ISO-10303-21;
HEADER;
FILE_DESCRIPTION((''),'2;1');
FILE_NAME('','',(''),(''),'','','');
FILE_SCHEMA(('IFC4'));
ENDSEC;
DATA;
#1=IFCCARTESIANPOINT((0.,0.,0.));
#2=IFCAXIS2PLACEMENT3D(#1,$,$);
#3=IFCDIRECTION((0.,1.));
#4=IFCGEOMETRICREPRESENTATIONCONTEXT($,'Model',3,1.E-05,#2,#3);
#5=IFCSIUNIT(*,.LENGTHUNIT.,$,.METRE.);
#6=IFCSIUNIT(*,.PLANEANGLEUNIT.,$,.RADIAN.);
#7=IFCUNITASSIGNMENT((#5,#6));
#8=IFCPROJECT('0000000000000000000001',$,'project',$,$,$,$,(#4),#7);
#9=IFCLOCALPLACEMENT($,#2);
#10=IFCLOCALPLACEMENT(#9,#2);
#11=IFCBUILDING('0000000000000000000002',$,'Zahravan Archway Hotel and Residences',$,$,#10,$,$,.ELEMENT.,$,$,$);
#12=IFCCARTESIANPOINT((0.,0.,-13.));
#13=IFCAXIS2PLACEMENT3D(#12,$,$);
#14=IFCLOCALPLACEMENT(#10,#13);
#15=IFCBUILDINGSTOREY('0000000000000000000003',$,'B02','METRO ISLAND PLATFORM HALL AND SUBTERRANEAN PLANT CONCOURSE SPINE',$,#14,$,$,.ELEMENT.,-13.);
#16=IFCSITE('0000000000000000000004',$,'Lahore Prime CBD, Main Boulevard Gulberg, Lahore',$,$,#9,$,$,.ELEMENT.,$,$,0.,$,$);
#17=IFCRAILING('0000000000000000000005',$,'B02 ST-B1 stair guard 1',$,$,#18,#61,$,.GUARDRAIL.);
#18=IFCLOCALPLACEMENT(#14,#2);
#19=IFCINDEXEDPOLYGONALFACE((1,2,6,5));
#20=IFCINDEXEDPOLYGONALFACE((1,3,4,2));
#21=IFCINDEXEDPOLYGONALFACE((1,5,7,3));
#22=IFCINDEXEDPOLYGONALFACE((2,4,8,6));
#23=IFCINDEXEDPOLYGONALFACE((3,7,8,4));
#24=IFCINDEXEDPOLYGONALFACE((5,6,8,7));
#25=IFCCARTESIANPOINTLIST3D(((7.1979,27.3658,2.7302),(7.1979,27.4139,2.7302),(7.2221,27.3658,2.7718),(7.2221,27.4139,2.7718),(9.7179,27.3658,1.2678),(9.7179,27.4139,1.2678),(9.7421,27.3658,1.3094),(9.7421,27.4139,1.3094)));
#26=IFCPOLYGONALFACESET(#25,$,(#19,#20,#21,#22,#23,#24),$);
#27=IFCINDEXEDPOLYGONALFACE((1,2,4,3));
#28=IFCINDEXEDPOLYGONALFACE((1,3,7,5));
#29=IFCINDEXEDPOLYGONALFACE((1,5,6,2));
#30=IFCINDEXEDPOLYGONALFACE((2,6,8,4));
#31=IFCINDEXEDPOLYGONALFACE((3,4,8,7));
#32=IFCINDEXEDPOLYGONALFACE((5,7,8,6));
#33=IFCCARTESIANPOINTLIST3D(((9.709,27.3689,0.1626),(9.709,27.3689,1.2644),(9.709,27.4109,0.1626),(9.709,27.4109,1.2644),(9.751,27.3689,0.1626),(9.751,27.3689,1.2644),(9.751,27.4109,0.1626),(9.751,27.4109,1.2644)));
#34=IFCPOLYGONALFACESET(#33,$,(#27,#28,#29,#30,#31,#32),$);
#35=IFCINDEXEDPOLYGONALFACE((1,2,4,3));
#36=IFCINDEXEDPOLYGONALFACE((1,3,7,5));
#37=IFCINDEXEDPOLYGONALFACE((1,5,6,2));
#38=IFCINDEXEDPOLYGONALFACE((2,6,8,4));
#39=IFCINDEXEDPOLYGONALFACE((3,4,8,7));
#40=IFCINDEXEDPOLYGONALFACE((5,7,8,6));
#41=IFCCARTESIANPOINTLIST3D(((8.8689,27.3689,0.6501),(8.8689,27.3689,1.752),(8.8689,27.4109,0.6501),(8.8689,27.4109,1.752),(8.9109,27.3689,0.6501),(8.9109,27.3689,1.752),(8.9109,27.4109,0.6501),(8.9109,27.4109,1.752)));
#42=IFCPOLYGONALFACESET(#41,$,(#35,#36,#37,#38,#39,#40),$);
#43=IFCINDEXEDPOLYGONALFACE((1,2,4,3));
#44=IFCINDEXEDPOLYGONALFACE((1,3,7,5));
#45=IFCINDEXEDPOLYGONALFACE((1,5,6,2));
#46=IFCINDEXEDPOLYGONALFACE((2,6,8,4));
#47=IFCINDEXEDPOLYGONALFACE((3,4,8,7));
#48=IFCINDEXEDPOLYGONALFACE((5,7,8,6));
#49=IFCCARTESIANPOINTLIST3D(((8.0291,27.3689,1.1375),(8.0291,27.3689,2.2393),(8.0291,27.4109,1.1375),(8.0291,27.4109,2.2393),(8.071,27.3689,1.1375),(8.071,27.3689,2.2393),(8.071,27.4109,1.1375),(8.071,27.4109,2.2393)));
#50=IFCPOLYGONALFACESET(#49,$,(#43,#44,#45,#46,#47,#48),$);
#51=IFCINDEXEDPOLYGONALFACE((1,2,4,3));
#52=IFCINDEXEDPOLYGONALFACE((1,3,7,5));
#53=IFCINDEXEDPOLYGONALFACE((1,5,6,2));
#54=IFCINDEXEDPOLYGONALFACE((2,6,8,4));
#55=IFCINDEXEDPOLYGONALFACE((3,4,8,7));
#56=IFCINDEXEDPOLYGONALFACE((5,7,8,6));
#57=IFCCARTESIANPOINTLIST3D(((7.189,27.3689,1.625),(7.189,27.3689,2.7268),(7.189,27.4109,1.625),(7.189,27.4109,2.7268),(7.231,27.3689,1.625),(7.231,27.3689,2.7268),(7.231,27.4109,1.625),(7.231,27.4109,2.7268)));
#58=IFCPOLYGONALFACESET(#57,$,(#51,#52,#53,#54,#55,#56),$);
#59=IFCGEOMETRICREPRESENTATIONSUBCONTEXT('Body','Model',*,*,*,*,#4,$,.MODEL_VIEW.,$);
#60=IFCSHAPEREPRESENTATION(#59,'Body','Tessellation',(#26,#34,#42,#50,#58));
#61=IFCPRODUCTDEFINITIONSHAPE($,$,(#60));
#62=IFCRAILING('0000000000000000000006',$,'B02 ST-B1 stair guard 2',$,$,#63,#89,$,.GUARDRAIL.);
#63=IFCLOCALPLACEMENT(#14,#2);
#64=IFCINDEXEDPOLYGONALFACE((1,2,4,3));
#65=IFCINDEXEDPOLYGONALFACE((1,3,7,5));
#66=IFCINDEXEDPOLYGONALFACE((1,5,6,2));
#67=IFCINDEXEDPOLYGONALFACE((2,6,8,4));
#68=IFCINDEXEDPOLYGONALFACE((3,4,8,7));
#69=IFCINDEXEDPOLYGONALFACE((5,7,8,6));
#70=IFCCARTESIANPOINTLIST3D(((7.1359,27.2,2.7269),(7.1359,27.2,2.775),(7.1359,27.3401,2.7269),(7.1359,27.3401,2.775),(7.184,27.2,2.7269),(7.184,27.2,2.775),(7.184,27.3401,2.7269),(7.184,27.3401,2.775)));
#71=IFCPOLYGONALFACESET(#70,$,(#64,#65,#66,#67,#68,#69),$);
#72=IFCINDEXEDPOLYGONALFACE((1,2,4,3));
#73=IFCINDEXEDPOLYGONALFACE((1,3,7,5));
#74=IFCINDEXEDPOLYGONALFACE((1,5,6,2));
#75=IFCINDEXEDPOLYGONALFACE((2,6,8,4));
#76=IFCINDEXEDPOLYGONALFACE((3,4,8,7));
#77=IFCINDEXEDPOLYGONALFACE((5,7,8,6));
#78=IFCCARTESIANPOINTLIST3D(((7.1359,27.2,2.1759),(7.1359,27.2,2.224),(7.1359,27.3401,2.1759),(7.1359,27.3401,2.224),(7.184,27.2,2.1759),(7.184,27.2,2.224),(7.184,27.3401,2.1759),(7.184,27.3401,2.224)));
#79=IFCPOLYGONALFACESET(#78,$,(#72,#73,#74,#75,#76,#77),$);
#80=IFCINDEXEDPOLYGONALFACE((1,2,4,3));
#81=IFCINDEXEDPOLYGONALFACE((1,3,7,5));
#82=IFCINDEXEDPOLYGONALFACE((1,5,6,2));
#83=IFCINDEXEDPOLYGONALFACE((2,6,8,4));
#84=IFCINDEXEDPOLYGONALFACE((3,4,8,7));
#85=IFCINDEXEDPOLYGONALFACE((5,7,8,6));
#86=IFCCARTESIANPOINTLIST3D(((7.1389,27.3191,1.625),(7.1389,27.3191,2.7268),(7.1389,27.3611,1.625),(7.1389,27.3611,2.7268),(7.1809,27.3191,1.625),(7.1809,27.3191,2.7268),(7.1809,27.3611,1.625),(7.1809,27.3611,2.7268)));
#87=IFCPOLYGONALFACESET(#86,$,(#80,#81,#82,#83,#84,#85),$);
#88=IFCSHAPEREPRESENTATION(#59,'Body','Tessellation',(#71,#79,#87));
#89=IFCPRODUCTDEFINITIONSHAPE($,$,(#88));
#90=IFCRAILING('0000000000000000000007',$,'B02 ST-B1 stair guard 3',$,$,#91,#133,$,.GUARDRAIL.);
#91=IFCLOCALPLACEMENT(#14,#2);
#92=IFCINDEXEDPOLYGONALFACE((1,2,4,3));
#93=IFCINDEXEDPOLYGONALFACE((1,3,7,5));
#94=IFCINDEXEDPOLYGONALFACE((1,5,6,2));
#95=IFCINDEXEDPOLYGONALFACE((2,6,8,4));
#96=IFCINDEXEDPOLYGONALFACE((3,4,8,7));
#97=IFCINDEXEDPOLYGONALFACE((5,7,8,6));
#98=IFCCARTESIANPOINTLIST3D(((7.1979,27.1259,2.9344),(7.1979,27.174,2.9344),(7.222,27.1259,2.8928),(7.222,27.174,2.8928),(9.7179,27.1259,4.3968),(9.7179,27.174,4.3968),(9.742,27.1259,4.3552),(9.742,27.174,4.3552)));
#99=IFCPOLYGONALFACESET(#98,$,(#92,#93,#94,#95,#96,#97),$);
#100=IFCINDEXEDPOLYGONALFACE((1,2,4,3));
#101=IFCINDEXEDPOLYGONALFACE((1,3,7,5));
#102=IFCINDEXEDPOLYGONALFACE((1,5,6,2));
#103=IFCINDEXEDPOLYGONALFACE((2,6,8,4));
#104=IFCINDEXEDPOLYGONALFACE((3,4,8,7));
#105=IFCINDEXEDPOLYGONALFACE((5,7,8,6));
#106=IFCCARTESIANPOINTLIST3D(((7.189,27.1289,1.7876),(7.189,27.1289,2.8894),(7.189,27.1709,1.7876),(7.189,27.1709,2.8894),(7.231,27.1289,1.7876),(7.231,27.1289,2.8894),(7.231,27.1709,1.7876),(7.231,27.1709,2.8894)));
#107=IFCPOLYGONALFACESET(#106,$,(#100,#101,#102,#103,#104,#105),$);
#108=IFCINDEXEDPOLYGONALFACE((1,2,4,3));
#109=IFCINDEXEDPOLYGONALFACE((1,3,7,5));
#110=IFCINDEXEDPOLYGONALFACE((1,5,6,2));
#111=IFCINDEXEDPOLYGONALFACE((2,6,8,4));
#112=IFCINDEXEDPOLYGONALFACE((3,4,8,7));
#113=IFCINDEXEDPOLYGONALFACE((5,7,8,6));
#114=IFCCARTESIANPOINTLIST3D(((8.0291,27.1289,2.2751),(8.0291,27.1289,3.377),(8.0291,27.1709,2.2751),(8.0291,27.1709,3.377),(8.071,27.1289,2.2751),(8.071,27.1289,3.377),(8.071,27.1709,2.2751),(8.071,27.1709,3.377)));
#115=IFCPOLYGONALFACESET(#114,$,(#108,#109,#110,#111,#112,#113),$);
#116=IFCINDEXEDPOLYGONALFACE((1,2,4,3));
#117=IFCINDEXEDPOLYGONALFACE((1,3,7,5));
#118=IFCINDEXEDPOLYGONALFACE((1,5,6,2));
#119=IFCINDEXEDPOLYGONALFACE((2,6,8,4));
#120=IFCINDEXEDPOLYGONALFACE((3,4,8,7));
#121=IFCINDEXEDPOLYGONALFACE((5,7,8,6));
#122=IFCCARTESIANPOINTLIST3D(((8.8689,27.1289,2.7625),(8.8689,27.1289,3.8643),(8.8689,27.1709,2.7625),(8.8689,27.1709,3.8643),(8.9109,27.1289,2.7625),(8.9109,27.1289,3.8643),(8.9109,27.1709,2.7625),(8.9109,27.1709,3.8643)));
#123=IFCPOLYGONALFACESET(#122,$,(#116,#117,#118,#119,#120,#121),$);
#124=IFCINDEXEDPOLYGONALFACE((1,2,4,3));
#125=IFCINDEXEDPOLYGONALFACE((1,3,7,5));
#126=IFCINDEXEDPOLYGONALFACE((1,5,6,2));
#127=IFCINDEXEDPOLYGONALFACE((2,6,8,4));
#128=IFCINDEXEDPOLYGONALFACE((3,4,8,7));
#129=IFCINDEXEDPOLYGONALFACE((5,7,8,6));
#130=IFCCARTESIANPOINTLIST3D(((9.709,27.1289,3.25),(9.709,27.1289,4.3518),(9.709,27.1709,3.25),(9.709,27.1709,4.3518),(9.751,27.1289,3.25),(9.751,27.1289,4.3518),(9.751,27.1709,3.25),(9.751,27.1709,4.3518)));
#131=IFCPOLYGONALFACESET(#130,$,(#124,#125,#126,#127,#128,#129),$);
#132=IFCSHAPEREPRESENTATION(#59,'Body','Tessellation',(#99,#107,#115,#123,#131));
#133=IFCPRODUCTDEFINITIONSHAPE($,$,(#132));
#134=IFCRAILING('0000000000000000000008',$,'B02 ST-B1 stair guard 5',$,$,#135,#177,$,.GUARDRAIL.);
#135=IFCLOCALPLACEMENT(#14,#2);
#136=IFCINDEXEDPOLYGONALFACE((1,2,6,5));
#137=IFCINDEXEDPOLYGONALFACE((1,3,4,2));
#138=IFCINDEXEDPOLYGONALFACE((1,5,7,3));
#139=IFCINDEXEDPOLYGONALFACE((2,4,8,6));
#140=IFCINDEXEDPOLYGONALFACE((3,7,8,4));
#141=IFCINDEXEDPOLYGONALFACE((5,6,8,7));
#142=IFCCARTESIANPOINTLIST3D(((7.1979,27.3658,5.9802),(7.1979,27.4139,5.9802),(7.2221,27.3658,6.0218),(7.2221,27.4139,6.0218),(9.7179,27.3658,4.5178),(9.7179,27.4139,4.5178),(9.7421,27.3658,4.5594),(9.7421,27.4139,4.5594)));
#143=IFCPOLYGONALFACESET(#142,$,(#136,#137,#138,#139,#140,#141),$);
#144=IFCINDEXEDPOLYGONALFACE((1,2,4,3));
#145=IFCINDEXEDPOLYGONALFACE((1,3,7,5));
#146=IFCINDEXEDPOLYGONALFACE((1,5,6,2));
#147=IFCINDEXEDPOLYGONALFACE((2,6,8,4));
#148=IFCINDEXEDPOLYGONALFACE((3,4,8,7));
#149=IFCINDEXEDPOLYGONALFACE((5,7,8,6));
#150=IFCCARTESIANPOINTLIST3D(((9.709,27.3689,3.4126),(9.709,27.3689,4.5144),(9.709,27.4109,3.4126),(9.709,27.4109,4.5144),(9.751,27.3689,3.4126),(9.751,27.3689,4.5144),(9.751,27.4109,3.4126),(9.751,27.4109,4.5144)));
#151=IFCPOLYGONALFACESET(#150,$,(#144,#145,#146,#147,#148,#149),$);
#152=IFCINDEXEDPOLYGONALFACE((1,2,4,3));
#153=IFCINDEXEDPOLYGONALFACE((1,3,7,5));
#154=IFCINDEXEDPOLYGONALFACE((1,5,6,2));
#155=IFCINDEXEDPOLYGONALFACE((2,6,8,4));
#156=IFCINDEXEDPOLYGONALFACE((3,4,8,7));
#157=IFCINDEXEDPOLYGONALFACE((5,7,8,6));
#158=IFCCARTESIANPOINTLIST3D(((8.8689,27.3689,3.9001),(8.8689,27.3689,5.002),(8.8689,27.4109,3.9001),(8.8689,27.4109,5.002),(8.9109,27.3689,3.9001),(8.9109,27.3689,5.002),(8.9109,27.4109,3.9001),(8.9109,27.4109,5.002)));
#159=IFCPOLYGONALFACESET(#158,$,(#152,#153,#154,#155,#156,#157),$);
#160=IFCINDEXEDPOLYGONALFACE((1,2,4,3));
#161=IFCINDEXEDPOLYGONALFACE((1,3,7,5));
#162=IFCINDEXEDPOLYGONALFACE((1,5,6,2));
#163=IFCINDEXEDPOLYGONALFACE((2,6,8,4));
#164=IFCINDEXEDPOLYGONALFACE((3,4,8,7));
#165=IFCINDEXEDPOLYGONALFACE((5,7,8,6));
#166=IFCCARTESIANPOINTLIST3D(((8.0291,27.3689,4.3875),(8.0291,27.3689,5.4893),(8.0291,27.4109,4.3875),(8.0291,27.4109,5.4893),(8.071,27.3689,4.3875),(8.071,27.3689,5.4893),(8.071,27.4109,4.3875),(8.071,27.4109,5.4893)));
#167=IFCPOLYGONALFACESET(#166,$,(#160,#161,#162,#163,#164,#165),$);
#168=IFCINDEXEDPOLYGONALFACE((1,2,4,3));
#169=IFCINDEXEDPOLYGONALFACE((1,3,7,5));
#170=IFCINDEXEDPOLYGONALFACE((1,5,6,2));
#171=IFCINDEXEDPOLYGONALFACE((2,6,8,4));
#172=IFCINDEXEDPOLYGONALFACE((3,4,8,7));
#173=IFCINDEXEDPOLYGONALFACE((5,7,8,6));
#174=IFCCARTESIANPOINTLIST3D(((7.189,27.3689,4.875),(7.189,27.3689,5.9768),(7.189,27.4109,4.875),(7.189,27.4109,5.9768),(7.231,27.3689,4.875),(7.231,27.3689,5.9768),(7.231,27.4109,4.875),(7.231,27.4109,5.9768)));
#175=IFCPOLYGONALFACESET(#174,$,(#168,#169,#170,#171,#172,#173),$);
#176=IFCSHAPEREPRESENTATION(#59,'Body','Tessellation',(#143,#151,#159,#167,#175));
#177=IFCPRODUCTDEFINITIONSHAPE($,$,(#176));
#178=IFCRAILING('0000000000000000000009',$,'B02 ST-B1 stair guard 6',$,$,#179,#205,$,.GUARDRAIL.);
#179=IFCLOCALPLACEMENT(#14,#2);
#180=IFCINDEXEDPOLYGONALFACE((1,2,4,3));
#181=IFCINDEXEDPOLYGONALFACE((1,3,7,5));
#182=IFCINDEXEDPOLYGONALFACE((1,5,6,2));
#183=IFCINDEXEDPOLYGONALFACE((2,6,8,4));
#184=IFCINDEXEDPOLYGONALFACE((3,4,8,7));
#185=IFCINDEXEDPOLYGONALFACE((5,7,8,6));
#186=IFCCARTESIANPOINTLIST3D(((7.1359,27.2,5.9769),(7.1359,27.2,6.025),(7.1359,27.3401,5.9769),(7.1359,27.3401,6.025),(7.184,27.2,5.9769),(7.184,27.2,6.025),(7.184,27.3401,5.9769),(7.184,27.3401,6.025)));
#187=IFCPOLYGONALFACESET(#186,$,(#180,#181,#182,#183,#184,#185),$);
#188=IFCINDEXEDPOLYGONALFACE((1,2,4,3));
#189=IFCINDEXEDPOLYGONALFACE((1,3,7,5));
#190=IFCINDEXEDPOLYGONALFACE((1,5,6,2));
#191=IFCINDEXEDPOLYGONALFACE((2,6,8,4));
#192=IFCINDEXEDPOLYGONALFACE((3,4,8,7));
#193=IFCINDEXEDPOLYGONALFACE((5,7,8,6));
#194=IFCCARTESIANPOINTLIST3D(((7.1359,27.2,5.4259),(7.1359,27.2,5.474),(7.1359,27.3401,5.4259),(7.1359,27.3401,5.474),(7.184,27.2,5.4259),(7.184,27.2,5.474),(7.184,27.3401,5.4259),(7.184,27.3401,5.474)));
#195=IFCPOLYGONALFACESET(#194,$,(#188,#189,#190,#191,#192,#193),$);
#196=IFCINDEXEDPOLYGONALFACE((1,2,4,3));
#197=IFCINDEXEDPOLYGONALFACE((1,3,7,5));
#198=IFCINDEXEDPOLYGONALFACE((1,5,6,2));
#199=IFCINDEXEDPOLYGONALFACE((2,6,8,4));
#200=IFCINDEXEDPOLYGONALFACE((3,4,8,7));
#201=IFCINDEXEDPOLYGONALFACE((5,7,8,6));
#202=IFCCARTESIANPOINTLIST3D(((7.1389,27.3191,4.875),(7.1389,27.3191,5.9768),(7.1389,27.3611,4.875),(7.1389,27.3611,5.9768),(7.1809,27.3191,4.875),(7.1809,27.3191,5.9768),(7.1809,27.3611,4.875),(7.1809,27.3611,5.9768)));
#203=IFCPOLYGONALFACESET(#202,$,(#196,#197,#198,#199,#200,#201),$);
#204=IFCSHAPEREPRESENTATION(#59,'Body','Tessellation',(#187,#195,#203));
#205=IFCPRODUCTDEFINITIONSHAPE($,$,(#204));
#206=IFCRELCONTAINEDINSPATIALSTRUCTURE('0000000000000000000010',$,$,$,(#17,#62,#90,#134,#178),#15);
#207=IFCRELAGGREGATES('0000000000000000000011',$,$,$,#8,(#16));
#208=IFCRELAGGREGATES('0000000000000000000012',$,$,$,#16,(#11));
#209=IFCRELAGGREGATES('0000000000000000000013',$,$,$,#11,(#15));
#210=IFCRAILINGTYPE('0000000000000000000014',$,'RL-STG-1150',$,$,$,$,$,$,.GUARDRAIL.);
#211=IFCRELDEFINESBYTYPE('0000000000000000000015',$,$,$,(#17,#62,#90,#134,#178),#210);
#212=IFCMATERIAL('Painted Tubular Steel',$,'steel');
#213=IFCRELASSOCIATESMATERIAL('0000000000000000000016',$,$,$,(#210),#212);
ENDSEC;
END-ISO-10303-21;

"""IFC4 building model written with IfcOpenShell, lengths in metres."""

from ifc_helpers import new_model, si_unit, direction, frame, origin, origin_2d, place, context, subcontext, project, spatial, rectangle, extrude, material, type_object, element, save


model = new_model("IFC4")

# Units and contexts
model_context = context("Model", 3, precision=1e-05, world=origin(), true_north=direction((0.0, 1.0)))
body_context = subcontext(model_context, "Body", "Model", "MODEL_VIEW")
ifc_project = project(units=[si_unit("LENGTHUNIT", "METRE"), si_unit("PLANEANGLEUNIT", "RADIAN")], contexts=[model_context])

# Site, building, storey
site_placement = place(None, origin())
site = spatial("IfcSite", under=ifc_project, at=site_placement, Name="Lahore Prime CBD, Main Boulevard Gulberg, Lahore", CompositionType="ELEMENT", RefElevation=0.0)
building_placement = place(site_placement, origin())
building = spatial("IfcBuilding", under=site, at=building_placement, Name="Zahravan Archway Hotel and Residences", CompositionType="ELEMENT")
storey_placement = place(building_placement, frame((0.0, 0.0, -13.0)))
storey = spatial("IfcBuildingStorey", under=building, at=storey_placement, Name="B02", Description="METRO ISLAND PLATFORM HALL AND SUBTERRANEAN PLANT CONCOURSE SPINE", CompositionType="ELEMENT", Elevation=-13.0)

# Railings
ifc_material_1 = material(Name="Painted Tubular Steel", Category="steel")
railing_type_1 = type_object("IfcRailingType", Name="RL-STG-1150", PredefinedType="GUARDRAIL", material=ifc_material_1)
railing_1_placement = place(storey_placement, frame((9.73, 27.3899, 0.1626)))
element("IfcRailing", 1, at=railing_1_placement, inside=storey, type_object=railing_type_1, Name="B02 ST-B1 stair guard 1", PredefinedType="GUARDRAIL", context=body_context, shape_type="SweptSolid", body=[
    extrude(rectangle(XDim=0.0481, YDim=0.0481, at=origin_2d()), frame((0.0, 0.0, 1.126), z_axis=(-0.864913, 0.0, 0.501921), x_axis=(0.0, -1.0, 0.0)), (0.0, 0.0, 1.0), 2.9136),
    extrude(rectangle(XDim=0.042, YDim=0.042, at=origin_2d()), origin(), (0.0, 0.0, 1.0), 1.1018),
    extrude(rectangle(XDim=0.042, YDim=0.042, at=origin_2d()), frame((-0.8401, 0.0, 0.4875)), (0.0, 0.0, 1.0), 1.1018),
    extrude(rectangle(XDim=0.042, YDim=0.042, at=origin_2d()), frame((-1.6799, 0.0, 0.9749)), (0.0, 0.0, 1.0), 1.1018),
    extrude(rectangle(XDim=0.042, YDim=0.042, at=origin_2d()), frame((-2.52, 0.0, 1.4624)), (0.0, 0.0, 1.0), 1.1018),
])
railing_2_placement = place(storey_placement, frame((7.1599, 27.3401, 1.625)))
element("IfcRailing", 2, at=railing_2_placement, inside=storey, type_object=railing_type_1, Name="B02 ST-B1 stair guard 2", PredefinedType="GUARDRAIL", context=body_context, shape_type="SweptSolid", body=[
    extrude(rectangle(XDim=0.0481, YDim=0.0481, at=origin_2d()), frame((0.0, 0.0, 1.126), z_axis=(0.0, -1.0, 0.0), x_axis=(1.0, 0.0, 0.0)), (0.0, 0.0, 1.0), 0.1401),
    extrude(rectangle(XDim=0.0481, YDim=0.0481, at=origin_2d()), frame((0.0, 0.0, 0.575), z_axis=(0.0, -1.0, 0.0), x_axis=(1.0, 0.0, 0.0)), (0.0, 0.0, 1.0), 0.1401),
    extrude(rectangle(XDim=0.042, YDim=0.042, at=origin_2d()), origin(), (0.0, 0.0, 1.0), 1.1018),
])
railing_3_placement = place(storey_placement, frame((7.21, 27.1499, 1.7876)))
element("IfcRailing", 3, at=railing_3_placement, inside=storey, type_object=railing_type_1, Name="B02 ST-B1 stair guard 3", PredefinedType="GUARDRAIL", context=body_context, shape_type="SweptSolid", body=[
    extrude(rectangle(XDim=0.0481, YDim=0.0481, at=origin_2d()), frame((0.0, 0.0, 1.126), z_axis=(0.864913, 0.0, 0.501921), x_axis=(0.0, 1.0, 0.0)), (0.0, 0.0, 1.0), 2.9136),
    extrude(rectangle(XDim=0.042, YDim=0.042, at=origin_2d()), origin(), (0.0, 0.0, 1.0), 1.1018),
    extrude(rectangle(XDim=0.042, YDim=0.042, at=origin_2d()), frame((0.8401, 0.0, 0.4875)), (0.0, 0.0, 1.0), 1.1018),
    extrude(rectangle(XDim=0.042, YDim=0.042, at=origin_2d()), frame((1.6799, 0.0, 0.9749)), (0.0, 0.0, 1.0), 1.1018),
    extrude(rectangle(XDim=0.042, YDim=0.042, at=origin_2d()), frame((2.52, 0.0, 1.4624)), (0.0, 0.0, 1.0), 1.1018),
])
railing_4_placement = place(storey_placement, frame((9.73, 27.3899, 3.4126)))
element("IfcRailing", 4, at=railing_4_placement, inside=storey, type_object=railing_type_1, Name="B02 ST-B1 stair guard 5", PredefinedType="GUARDRAIL", context=body_context, shape_type="SweptSolid", body=[
    extrude(rectangle(XDim=0.0481, YDim=0.0481, at=origin_2d()), frame((0.0, 0.0, 1.126), z_axis=(-0.864913, 0.0, 0.501921), x_axis=(0.0, -1.0, 0.0)), (0.0, 0.0, 1.0), 2.9136),
    extrude(rectangle(XDim=0.042, YDim=0.042, at=origin_2d()), origin(), (0.0, 0.0, 1.0), 1.1018),
    extrude(rectangle(XDim=0.042, YDim=0.042, at=origin_2d()), frame((-0.8401, 0.0, 0.4875)), (0.0, 0.0, 1.0), 1.1018),
    extrude(rectangle(XDim=0.042, YDim=0.042, at=origin_2d()), frame((-1.6799, 0.0, 0.9749)), (0.0, 0.0, 1.0), 1.1018),
    extrude(rectangle(XDim=0.042, YDim=0.042, at=origin_2d()), frame((-2.52, 0.0, 1.4624)), (0.0, 0.0, 1.0), 1.1018),
])
railing_5_placement = place(storey_placement, frame((7.1599, 27.3401, 4.875)))
element("IfcRailing", 5, at=railing_5_placement, inside=storey, type_object=railing_type_1, Name="B02 ST-B1 stair guard 6", PredefinedType="GUARDRAIL", context=body_context, shape_type="SweptSolid", body=[
    extrude(rectangle(XDim=0.0481, YDim=0.0481, at=origin_2d()), frame((0.0, 0.0, 1.126), z_axis=(0.0, -1.0, 0.0), x_axis=(1.0, 0.0, 0.0)), (0.0, 0.0, 1.0), 0.1401),
    extrude(rectangle(XDim=0.0481, YDim=0.0481, at=origin_2d()), frame((0.0, 0.0, 0.575), z_axis=(0.0, -1.0, 0.0), x_axis=(1.0, 0.0, 0.0)), (0.0, 0.0, 1.0), 0.1401),
    extrude(rectangle(XDim=0.042, YDim=0.042, at=origin_2d()), origin(), (0.0, 0.0, 1.0), 1.1018),
])

save(model, "model.ifc")
